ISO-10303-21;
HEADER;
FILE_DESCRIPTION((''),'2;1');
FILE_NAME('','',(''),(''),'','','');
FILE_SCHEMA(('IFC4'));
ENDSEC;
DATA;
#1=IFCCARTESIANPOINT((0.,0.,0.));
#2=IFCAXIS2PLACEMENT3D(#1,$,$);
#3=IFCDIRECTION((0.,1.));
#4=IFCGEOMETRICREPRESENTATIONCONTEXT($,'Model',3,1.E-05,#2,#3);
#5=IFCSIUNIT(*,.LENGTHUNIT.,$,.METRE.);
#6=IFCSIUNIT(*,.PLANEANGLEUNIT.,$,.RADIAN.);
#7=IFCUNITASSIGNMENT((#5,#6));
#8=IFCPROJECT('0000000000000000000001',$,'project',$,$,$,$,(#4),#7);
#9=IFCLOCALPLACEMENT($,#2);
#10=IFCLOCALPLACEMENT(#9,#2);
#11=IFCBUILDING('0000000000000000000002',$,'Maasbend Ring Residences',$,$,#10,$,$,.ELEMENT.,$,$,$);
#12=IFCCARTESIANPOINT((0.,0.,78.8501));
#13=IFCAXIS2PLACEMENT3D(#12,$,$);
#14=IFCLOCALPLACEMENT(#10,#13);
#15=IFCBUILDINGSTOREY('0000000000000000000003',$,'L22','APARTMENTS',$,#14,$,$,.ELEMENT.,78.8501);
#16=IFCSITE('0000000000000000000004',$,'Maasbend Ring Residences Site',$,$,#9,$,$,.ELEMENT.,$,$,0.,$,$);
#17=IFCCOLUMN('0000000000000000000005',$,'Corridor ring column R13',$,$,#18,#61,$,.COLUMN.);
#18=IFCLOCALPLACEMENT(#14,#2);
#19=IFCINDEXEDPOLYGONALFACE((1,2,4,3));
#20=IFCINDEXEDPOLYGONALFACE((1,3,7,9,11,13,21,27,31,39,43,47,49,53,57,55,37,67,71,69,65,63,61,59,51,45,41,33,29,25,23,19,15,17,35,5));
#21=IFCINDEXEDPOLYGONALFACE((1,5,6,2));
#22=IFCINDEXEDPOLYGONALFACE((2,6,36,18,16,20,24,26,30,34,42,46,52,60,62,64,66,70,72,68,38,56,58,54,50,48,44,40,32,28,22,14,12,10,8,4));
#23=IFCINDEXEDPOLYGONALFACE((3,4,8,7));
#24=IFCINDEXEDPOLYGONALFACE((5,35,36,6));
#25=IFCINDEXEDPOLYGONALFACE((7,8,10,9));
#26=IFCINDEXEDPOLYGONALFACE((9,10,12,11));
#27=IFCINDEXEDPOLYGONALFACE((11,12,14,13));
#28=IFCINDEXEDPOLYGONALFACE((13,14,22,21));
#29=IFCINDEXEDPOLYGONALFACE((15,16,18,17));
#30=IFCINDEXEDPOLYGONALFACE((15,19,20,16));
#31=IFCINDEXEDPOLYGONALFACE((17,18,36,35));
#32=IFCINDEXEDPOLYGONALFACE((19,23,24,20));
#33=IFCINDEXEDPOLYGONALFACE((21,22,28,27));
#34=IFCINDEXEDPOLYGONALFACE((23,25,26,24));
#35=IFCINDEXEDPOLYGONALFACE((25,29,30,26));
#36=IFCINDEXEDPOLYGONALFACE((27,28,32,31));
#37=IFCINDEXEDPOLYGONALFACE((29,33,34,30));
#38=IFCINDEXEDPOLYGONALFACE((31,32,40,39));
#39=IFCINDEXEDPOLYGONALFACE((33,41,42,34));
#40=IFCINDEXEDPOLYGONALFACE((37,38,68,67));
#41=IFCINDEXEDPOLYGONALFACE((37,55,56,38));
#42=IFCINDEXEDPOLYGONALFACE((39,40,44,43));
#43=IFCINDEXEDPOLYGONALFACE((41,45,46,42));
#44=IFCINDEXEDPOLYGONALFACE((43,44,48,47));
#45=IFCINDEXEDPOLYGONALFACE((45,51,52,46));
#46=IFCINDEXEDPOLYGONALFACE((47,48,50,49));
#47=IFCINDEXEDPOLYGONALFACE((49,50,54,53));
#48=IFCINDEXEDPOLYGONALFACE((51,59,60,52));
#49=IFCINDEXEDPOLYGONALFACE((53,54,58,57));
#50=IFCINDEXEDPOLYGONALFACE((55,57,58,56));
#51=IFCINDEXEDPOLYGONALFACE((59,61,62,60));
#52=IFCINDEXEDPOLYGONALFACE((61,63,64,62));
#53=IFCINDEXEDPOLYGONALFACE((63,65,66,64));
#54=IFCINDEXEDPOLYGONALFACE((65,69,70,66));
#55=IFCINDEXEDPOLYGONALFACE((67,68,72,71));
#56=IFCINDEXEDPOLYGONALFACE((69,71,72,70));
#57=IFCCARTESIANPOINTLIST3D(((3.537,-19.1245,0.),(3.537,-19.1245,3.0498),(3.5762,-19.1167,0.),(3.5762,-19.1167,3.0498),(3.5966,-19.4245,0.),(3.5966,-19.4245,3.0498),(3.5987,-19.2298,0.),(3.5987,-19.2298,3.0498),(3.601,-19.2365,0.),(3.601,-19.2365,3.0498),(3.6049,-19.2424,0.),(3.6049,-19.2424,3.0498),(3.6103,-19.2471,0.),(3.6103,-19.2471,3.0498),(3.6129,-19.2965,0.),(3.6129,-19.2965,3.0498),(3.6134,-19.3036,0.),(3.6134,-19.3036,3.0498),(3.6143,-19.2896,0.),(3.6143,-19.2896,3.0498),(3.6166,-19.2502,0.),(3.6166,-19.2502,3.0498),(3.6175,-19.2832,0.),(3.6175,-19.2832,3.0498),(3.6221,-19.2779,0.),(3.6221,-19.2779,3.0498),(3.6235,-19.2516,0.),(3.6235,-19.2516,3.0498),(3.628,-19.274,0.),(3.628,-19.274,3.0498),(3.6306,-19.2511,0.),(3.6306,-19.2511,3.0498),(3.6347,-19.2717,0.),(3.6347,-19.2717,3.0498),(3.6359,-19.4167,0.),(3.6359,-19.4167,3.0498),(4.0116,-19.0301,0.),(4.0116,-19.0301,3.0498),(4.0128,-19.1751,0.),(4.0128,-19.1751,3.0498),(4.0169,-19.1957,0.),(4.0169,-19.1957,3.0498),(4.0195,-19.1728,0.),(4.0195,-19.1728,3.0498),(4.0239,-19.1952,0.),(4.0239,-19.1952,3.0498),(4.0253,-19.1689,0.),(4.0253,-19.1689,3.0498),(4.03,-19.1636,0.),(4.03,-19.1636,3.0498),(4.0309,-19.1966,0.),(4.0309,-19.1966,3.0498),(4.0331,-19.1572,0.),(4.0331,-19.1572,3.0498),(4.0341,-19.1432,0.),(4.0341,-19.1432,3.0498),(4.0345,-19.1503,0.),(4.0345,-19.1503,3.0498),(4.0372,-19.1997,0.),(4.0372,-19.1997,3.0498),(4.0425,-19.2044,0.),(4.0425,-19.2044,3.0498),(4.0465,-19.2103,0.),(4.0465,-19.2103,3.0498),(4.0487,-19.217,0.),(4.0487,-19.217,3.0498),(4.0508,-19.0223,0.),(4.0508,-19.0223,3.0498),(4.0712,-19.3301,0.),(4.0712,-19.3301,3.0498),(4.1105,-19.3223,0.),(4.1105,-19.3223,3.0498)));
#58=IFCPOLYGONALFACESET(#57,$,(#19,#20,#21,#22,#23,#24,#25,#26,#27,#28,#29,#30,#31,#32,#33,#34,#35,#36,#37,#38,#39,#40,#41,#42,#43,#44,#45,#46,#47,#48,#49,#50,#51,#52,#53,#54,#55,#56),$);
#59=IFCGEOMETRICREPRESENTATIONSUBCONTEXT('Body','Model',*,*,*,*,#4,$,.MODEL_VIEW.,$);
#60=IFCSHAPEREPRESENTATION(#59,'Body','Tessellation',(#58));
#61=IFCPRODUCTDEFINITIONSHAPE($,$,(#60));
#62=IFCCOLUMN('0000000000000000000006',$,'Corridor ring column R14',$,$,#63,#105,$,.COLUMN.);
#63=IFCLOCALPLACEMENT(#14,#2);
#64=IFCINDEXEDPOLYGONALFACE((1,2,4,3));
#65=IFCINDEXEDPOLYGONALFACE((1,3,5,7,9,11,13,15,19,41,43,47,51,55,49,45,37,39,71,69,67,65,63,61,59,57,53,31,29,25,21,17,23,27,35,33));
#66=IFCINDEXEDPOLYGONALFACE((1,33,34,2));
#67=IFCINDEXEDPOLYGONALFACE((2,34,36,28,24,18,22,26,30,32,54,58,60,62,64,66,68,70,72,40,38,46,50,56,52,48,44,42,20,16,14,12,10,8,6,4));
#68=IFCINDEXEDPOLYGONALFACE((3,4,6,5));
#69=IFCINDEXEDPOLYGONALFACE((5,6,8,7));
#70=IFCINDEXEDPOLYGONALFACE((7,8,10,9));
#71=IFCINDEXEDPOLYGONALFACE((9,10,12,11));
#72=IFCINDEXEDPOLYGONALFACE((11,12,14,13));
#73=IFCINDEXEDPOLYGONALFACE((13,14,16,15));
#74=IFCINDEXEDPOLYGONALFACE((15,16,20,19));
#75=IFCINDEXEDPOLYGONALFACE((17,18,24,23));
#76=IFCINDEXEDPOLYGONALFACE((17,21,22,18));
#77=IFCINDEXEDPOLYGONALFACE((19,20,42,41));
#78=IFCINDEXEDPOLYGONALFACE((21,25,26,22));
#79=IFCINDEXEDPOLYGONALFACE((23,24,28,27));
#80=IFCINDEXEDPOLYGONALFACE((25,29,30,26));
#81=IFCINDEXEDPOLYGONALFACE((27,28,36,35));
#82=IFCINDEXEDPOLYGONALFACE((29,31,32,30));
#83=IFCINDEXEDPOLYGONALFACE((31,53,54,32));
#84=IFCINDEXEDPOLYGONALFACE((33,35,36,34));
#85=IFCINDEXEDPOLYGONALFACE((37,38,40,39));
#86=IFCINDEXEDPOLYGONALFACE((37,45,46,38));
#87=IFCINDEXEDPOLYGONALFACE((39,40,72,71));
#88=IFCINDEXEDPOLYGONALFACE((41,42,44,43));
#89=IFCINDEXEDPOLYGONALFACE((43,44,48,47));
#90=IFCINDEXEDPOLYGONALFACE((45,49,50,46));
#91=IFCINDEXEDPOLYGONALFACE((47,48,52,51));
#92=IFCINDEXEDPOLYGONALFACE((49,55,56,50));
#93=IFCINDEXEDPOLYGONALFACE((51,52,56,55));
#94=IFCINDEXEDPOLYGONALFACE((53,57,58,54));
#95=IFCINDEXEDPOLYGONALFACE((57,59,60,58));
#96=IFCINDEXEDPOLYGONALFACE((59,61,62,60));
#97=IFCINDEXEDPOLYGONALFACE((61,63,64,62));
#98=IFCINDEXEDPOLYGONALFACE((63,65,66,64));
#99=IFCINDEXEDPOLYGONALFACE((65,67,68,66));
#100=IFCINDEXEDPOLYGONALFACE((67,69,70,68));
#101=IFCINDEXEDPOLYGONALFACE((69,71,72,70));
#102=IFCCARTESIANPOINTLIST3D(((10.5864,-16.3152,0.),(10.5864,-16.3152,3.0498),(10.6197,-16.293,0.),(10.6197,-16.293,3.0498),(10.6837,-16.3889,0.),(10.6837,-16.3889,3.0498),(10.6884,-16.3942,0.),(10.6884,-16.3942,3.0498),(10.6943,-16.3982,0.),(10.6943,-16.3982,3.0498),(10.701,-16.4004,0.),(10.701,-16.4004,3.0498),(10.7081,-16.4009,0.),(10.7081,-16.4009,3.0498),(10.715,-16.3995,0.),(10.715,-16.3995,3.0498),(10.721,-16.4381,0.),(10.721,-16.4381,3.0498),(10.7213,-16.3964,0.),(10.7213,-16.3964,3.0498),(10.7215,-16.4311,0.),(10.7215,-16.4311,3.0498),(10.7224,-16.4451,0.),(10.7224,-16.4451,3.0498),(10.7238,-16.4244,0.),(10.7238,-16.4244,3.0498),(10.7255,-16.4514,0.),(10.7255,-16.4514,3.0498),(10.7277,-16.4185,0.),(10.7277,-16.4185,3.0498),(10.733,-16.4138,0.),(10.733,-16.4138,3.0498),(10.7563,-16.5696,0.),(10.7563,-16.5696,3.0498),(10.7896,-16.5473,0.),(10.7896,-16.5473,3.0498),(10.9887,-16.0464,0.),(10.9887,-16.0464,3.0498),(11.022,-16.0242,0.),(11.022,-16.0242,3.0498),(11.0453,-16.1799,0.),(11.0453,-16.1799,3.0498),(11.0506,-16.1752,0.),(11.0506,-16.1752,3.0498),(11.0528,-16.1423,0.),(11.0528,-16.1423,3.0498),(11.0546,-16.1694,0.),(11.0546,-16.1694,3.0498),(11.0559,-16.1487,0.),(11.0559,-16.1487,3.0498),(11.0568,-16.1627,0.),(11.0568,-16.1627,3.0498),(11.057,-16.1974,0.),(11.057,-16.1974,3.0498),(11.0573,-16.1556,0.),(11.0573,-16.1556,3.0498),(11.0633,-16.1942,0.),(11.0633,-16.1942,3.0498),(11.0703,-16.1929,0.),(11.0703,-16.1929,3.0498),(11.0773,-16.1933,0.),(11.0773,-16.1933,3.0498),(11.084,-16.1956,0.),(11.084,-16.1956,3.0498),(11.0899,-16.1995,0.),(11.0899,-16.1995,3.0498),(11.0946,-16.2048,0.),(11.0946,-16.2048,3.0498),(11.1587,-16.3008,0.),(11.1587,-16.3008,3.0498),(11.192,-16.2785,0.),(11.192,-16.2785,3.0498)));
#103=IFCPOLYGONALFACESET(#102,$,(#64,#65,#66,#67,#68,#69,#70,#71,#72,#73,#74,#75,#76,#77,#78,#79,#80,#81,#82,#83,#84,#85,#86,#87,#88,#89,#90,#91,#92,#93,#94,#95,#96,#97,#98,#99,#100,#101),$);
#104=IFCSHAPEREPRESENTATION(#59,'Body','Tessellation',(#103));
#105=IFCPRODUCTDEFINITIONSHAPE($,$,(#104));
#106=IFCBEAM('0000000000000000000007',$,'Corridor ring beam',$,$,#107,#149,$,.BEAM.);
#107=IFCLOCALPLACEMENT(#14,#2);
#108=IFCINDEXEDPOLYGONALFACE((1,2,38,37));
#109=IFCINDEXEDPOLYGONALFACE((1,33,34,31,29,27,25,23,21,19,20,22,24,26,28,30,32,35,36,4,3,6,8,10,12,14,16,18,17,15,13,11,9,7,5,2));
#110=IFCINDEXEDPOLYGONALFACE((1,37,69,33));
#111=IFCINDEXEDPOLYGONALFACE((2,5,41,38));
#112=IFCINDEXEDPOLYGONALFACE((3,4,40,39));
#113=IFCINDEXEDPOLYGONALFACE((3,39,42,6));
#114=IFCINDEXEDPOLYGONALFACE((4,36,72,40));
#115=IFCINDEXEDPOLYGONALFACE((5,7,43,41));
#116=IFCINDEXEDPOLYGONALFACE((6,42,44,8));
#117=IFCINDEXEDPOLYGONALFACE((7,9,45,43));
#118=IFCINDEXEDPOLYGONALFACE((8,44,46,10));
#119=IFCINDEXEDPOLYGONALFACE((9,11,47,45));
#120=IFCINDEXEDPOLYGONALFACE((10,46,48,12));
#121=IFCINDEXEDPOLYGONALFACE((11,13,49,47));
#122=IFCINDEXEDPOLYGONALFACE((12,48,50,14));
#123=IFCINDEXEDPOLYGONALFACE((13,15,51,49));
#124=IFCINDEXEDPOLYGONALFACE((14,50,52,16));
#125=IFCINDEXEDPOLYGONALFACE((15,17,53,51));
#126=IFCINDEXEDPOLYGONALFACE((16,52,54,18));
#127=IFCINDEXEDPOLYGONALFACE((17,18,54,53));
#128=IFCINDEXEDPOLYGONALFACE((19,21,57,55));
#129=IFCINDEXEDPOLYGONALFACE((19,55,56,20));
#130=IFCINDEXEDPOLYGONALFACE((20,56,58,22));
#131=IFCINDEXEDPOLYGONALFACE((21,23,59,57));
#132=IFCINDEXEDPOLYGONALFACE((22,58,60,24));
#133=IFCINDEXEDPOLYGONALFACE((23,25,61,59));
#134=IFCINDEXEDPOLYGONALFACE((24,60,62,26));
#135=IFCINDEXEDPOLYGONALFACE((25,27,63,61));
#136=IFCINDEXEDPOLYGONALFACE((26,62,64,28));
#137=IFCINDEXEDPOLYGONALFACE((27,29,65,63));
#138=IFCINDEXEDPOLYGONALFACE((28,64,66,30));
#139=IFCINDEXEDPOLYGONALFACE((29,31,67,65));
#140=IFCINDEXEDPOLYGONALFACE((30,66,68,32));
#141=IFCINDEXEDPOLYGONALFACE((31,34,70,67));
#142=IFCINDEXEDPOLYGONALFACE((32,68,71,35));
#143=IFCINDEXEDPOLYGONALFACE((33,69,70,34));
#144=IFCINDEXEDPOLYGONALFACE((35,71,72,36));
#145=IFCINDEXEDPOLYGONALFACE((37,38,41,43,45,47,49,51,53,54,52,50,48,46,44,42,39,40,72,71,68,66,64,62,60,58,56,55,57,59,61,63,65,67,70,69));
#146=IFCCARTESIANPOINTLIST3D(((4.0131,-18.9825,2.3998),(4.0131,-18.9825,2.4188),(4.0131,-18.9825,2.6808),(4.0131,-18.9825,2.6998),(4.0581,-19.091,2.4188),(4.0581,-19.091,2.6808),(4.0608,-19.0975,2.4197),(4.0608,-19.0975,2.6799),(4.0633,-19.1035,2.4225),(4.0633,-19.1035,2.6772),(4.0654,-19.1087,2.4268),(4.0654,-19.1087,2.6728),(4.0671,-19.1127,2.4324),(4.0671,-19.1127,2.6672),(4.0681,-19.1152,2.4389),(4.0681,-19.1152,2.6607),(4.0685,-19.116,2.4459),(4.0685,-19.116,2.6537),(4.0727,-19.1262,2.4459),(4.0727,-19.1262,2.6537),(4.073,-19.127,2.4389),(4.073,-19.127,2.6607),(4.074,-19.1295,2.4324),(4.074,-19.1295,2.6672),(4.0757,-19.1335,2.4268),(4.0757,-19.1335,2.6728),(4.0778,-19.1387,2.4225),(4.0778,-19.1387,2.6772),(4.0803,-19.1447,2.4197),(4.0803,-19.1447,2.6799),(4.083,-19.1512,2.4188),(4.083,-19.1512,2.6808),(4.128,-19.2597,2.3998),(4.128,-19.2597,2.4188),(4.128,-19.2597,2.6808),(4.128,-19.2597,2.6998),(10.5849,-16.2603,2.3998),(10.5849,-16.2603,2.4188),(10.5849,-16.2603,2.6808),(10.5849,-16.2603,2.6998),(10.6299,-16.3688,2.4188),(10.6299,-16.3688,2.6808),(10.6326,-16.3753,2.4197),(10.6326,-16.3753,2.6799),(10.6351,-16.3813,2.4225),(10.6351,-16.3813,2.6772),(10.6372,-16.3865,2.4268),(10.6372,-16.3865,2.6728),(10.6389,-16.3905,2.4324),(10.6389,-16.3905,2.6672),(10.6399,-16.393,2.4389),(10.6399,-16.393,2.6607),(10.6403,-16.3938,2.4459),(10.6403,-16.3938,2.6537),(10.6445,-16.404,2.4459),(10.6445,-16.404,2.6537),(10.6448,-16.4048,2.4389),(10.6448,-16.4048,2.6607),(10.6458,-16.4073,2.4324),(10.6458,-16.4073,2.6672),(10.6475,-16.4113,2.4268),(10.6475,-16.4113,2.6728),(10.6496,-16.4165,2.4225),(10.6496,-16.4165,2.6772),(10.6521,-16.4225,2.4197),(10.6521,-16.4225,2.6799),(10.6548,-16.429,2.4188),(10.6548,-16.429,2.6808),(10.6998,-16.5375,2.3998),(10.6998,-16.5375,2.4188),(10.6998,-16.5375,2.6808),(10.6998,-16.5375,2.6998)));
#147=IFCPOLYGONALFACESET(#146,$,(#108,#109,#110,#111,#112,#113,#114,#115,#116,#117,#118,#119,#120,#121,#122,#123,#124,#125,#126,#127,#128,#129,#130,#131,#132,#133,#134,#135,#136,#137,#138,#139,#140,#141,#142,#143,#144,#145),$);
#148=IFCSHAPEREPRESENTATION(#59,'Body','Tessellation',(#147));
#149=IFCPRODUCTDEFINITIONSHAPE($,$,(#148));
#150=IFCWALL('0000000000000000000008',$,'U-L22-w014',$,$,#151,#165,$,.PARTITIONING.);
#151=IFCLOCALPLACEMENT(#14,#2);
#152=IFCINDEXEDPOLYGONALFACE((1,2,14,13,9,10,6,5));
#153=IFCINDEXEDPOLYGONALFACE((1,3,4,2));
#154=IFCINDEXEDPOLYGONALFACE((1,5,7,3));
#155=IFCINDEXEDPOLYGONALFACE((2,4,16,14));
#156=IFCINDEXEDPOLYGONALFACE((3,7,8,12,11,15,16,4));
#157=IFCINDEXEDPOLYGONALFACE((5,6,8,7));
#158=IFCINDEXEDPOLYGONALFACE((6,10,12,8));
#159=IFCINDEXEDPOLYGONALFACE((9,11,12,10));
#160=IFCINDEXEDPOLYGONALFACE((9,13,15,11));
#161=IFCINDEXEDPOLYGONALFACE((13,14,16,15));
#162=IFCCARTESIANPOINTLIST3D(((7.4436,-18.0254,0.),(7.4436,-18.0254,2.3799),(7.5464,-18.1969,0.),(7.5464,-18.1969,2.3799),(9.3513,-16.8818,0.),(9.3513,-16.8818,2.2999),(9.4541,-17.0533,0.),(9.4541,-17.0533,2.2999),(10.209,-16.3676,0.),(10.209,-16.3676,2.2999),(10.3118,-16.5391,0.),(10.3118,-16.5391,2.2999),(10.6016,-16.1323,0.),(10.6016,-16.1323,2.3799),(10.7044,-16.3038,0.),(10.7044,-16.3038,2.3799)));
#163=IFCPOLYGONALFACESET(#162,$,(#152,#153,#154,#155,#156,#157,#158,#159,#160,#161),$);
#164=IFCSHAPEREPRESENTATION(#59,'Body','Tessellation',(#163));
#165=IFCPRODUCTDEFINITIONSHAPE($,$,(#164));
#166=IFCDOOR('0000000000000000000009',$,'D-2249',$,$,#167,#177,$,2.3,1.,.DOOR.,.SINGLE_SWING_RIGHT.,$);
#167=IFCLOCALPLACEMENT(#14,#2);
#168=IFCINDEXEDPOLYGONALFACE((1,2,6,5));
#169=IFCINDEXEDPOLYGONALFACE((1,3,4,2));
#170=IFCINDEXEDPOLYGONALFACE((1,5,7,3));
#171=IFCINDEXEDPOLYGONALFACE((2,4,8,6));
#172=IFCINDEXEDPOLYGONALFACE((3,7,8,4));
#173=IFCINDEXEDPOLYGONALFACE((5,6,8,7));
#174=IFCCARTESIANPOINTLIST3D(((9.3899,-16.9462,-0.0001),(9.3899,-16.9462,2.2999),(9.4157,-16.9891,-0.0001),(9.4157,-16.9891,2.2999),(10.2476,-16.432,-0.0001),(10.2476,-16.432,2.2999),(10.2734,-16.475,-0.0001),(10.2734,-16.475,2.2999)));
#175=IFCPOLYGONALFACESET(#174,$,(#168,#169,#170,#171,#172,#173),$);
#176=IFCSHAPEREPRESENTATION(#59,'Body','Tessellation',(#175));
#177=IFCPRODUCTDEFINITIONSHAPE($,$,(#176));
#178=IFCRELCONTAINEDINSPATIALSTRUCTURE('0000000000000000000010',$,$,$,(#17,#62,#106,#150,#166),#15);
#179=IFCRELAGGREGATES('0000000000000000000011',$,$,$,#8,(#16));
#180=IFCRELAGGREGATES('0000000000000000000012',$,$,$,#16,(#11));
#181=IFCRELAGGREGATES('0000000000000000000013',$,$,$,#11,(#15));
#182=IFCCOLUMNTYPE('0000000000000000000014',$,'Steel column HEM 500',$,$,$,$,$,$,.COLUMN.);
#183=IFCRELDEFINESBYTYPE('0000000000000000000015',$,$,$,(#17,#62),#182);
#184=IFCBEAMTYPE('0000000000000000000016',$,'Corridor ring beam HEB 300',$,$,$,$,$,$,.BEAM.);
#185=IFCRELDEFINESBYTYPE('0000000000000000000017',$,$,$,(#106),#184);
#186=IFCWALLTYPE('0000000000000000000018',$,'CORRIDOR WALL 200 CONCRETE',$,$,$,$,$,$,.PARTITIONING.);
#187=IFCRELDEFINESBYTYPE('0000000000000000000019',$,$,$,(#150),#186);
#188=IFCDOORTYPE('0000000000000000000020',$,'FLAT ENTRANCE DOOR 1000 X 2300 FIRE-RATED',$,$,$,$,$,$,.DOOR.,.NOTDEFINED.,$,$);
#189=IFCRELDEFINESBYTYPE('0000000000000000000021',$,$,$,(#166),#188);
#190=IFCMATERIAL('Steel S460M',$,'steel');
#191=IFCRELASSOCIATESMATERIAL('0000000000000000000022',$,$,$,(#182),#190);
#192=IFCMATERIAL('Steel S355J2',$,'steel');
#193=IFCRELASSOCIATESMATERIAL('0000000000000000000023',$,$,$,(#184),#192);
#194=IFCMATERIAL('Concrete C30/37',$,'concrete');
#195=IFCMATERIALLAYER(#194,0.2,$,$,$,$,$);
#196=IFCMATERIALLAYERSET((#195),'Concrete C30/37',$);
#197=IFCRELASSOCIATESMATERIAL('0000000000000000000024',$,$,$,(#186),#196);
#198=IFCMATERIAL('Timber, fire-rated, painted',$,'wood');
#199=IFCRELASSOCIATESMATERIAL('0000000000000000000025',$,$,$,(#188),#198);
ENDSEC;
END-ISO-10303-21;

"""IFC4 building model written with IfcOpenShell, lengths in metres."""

from ifc_helpers import new_model, si_unit, direction, frame, frame_2d, origin, origin_2d, place, context, subcontext, project, spatial, rectangle, i_section, extrude, material, layer, layer_set, material_profile, profile_set, type_object, element, fill, save


model = new_model("IFC4")

# Units and contexts
model_context = context("Model", 3, precision=1e-05, world=origin(), true_north=direction((0.0, 1.0)))
body_context = subcontext(model_context, "Body", "Model", "MODEL_VIEW")
ifc_project = project(units=[si_unit("LENGTHUNIT", "METRE"), si_unit("PLANEANGLEUNIT", "RADIAN")], contexts=[model_context])

# Site, building, storey
site_placement = place(None, origin())
site = spatial("IfcSite", under=ifc_project, at=site_placement, Name="Maasbend Ring Residences Site", CompositionType="ELEMENT", RefElevation=0.0)
building_placement = place(site_placement, origin())
building = spatial("IfcBuilding", under=site, at=building_placement, Name="Maasbend Ring Residences", CompositionType="ELEMENT")
storey_placement = place(building_placement, frame((0.0, 0.0, 78.8501)))
storey = spatial("IfcBuildingStorey", under=building, at=storey_placement, Name="L22", Description="APARTMENTS", CompositionType="ELEMENT", Elevation=78.8501)

# Columns
ifc_material_1 = material(Name="Steel S460M", Category="steel")
ifc_material_profile_1 = material_profile(ifc_material_1, i_section(OverallWidth=0.3059, OverallDepth=0.5239, WebThickness=0.021, FlangeThickness=0.04, FilletRadius=0.0271, at=origin_2d()), Name="HEM 500")
ifc_profile_set_1 = profile_set([ifc_material_profile_1], Name="Steel S460M")
column_type = type_object("IfcColumnType", Name="Steel column HEM 500", PredefinedType="COLUMN", material=ifc_profile_set_1)
for number, where, z_axis, x_axis, name in (
    (1, (3.8237, -19.2234, 0.0), (0.0, 0.0, 1.0), (0.19509, -0.980785, 0.0), "Corridor ring column R13"),
    (2, (10.8892, -16.2969, 0.0), (0.0, 0.0, 1.0), (0.55557, -0.83147, 0.0), "Corridor ring column R14"),
):
    element("IfcColumn", number, at=place(storey_placement, frame(where, z_axis=z_axis, x_axis=x_axis)), inside=storey, type_object=column_type, Name=name, PredefinedType="COLUMN", context=body_context, shape_type="SweptSolid", body=[
        extrude(i_section(OverallWidth=0.3059, OverallDepth=0.5239, WebThickness=0.021, FlangeThickness=0.04, FilletRadius=0.0271, at=origin_2d()), origin(), (0.0, 0.0, 1.0), 3.0498),
    ])

# Beam
ifc_material_2 = material(Name="Steel S355J2", Category="steel")
ifc_material_profile_2 = material_profile(ifc_material_2, i_section(OverallWidth=0.3, OverallDepth=0.3, WebThickness=0.011, FlangeThickness=0.019, FilletRadius=0.0271, at=origin_2d()), Name="HEB 300")
ifc_profile_set_2 = profile_set([ifc_material_profile_2], Name="Steel S355J2")
beam_type = type_object("IfcBeamType", Name="Corridor ring beam HEB 300", PredefinedType="BEAM", material=ifc_profile_set_2)
beam_placement = place(storey_placement, frame((4.0706, -19.1211, 2.5498), z_axis=(0.923877, 0.382689, 0.0), x_axis=(-0.382689, 0.923877, 0.0)))
element("IfcBeam", 3, at=beam_placement, inside=storey, type_object=beam_type, Name="Corridor ring beam", PredefinedType="BEAM", context=body_context, shape_type="SweptSolid", body=[
    extrude(i_section(OverallWidth=0.3, OverallDepth=0.3, WebThickness=0.011, FlangeThickness=0.019, FilletRadius=0.0271, at=origin_2d()), origin(), (0.0, 0.0, 1.0), 7.1133),
])

# Wall, opening, door
ifc_material_3 = material(Name="Concrete C30/37", Category="concrete")
ifc_layer_1 = layer(ifc_material_3, 0.2)
ifc_layer_set_1 = layer_set([ifc_layer_1], Name="Concrete C30/37")
wall_type_1 = type_object("IfcWallType", Name="CORRIDOR WALL 200 CONCRETE", PredefinedType="PARTITIONING", material=ifc_layer_set_1)
wall_1_placement = place(storey_placement, frame((7.4951, -18.1111, 0.0), z_axis=(0.0, 0.0, 1.0), x_axis=(0.857698, 0.514154, 0.0)))
wall_1 = element("IfcWall", 4, at=wall_1_placement, inside=storey, type_object=wall_type_1, Name="U-L22-w014", PredefinedType="PARTITIONING", context=body_context, shape_type="SweptSolid", body=[
    extrude(rectangle(XDim=3.6819, YDim=0.2, at=frame_2d((1.8408, 0.0))), origin(), (0.0, 0.0, 1.0), 2.3799),
])
opening_1_placement = place(wall_1_placement, frame((2.2241, 0.0, 0.0)))
opening_1 = element("IfcOpeningElement", 5, at=opening_1_placement, cuts=wall_1, PredefinedType="OPENING", context=body_context, shape_type="SweptSolid", body=[
    extrude(rectangle(XDim=1.0, YDim=2.3, at=frame_2d((0.5, 1.1499))), frame((0.0, 0.1099, 0.0), z_axis=(0.0, -1.0, 0.0), x_axis=(1.0, 0.0, 0.0)), (0.0, 0.0, 1.0), 0.22),
])
ifc_material_4 = material(Name="Timber, fire-rated, painted", Category="wood")
door_type_1 = type_object("IfcDoorType", Name="FLAT ENTRANCE DOOR 1000 X 2300 FIRE-RATED", OperationType="NOTDEFINED", PredefinedType="DOOR", material=ifc_material_4)
door_1_placement = place(opening_1_placement, origin())
door_1 = element("IfcDoor", 6, at=door_1_placement, inside=storey, type_object=door_type_1, Name="D-2249", OperationType="SINGLE_SWING_RIGHT", OverallHeight=2.3, OverallWidth=1.0, PredefinedType="DOOR", context=body_context, shape_type="SweptSolid", body=[
    extrude(rectangle(XDim=1.0, YDim=2.3, at=frame_2d((0.5, 1.1499))), frame((0.0, 0.0249, 0.0), z_axis=(0.0, -1.0, 0.0), x_axis=(1.0, 0.0, 0.0)), (0.0, 0.0, 1.0), 0.05),
])
fill(opening_1, door_1)

save(model, "model.ifc")
